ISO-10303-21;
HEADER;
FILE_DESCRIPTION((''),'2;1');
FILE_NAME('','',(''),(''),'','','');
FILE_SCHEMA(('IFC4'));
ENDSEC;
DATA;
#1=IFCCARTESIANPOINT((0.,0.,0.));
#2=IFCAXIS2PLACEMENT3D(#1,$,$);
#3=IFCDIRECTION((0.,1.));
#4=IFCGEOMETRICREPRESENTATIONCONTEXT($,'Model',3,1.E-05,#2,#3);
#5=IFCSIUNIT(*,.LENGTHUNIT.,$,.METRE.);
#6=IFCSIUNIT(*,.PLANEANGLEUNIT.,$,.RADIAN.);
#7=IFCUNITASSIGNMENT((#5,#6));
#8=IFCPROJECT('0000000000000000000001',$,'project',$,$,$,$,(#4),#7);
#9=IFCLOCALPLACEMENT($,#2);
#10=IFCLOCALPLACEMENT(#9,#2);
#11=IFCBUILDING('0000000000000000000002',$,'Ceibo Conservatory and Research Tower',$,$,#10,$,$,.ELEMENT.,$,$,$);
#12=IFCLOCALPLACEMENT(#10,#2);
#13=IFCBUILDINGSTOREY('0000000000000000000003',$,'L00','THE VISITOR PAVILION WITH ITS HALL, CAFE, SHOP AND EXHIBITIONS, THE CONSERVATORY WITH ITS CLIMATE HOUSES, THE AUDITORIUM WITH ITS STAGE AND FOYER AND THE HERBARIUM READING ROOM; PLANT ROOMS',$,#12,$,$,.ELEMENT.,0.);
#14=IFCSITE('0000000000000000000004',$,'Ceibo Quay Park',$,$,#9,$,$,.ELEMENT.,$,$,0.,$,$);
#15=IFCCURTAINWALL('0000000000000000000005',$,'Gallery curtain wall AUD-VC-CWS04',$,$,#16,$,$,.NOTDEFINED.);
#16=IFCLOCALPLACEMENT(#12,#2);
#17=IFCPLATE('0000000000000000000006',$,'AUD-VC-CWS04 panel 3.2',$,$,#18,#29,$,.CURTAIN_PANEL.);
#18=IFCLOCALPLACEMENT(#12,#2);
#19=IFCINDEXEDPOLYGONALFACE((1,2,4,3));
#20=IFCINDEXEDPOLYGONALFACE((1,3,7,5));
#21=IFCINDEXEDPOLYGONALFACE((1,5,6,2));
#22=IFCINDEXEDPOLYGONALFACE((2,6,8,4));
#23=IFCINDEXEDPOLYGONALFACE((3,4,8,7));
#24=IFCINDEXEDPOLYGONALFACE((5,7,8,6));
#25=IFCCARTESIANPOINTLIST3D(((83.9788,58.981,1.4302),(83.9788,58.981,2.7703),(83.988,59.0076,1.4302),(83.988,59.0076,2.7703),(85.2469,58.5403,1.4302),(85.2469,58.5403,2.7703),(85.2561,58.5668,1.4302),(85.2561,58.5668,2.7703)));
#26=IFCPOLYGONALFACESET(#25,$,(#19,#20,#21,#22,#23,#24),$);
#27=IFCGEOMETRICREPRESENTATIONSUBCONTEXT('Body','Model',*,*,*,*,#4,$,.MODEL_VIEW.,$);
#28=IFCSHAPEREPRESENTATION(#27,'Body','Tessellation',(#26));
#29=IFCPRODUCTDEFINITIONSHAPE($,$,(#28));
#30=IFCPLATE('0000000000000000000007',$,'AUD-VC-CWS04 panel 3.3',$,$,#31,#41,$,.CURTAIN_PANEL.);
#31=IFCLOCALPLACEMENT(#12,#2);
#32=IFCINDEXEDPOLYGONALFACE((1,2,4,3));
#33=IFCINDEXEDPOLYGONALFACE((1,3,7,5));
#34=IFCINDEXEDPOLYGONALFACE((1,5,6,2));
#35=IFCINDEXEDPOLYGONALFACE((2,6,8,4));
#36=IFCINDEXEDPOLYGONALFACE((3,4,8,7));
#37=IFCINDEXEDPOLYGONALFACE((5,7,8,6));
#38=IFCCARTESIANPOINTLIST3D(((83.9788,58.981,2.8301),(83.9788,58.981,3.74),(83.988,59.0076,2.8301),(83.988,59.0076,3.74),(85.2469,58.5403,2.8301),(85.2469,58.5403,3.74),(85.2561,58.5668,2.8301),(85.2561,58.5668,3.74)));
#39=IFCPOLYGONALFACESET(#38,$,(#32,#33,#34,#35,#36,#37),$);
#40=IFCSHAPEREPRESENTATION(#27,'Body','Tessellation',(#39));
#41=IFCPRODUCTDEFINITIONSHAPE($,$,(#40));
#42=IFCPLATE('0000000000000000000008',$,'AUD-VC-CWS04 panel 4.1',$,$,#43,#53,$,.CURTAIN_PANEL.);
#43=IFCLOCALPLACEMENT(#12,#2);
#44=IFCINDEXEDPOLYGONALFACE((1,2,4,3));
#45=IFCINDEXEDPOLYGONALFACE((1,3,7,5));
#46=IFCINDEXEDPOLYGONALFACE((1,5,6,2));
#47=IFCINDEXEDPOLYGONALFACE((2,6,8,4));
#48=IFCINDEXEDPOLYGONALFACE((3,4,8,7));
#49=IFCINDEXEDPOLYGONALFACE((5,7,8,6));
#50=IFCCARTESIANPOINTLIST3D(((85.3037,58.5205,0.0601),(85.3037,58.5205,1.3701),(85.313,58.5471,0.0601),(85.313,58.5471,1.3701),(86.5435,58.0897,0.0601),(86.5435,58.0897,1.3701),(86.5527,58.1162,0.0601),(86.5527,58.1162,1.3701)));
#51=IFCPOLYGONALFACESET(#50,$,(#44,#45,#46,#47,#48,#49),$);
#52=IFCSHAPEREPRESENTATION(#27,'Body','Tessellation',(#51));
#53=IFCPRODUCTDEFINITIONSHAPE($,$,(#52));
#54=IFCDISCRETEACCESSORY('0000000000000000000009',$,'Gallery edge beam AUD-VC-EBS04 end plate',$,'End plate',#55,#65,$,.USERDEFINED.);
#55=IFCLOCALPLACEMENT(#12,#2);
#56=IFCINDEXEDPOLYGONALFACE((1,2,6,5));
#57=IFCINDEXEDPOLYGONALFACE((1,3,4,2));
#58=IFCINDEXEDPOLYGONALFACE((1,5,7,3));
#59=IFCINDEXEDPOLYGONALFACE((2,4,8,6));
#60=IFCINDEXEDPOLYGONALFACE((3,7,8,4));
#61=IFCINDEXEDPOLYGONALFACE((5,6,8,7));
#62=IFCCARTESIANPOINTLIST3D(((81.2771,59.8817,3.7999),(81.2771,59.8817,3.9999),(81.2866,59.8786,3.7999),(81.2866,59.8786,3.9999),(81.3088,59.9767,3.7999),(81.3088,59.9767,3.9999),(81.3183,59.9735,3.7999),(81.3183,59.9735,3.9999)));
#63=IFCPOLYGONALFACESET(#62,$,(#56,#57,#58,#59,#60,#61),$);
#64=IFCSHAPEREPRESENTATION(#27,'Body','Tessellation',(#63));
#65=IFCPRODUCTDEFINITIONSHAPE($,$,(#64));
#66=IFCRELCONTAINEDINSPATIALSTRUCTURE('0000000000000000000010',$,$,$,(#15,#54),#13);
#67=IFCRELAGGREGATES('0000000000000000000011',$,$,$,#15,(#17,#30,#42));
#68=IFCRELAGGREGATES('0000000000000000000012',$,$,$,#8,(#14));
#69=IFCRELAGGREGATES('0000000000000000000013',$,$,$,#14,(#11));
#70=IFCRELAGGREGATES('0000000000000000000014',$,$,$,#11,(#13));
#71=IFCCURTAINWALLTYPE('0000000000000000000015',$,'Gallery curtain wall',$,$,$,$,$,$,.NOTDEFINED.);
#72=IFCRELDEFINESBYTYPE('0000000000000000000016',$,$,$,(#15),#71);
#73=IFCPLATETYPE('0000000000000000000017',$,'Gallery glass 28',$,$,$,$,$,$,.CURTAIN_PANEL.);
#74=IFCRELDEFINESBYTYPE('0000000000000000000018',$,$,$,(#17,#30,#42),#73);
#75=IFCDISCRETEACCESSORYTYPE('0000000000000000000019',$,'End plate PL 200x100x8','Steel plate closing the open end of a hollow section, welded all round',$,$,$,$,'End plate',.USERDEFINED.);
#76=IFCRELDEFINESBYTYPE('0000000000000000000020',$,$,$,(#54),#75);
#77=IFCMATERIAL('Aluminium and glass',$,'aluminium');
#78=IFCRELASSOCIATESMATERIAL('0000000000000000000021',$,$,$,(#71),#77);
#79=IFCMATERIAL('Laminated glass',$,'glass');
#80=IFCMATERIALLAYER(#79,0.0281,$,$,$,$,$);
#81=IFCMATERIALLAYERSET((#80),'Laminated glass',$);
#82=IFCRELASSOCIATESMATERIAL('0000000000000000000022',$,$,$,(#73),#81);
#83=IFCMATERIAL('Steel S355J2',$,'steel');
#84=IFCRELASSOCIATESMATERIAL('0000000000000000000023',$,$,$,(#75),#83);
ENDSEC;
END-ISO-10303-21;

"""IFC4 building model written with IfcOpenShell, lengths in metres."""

from ifc_helpers import new_model, si_unit, direction, frame, origin, origin_2d, place, context, subcontext, project, spatial, rectangle, extrude, material, layer, layer_set, material_profile, profile_set, type_object, element, aggregate, save


model = new_model("IFC4")

# Units and contexts
model_context = context("Model", 3, precision=1e-05, world=origin(), true_north=direction((0.0, 1.0)))
body_context = subcontext(model_context, "Body", "Model", "MODEL_VIEW")
ifc_project = project(units=[si_unit("LENGTHUNIT", "METRE"), si_unit("PLANEANGLEUNIT", "RADIAN")], contexts=[model_context])

# Site, building, storey
site_placement = place(None, origin())
site = spatial("IfcSite", under=ifc_project, at=site_placement, Name="Ceibo Quay Park", CompositionType="ELEMENT", RefElevation=0.0)
building_placement = place(site_placement, origin())
building = spatial("IfcBuilding", under=site, at=building_placement, Name="Ceibo Conservatory and Research Tower", CompositionType="ELEMENT")
storey_placement = place(building_placement, origin())
storey = spatial("IfcBuildingStorey", under=building, at=storey_placement, Name="L00", Description="THE VISITOR PAVILION WITH ITS HALL, CAFE, SHOP AND EXHIBITIONS, THE CONSERVATORY WITH ITS CLIMATE HOUSES, THE AUDITORIUM WITH ITS STAGE AND FOYER AND THE HERBARIUM READING ROOM; PLANT ROOMS", CompositionType="ELEMENT", Elevation=0.0)

# Curtain wall
ifc_material_1 = material(Name="Aluminium and glass", Category="aluminium")
curtain_wall_type = type_object("IfcCurtainWallType", Name="Gallery curtain wall", PredefinedType="NOTDEFINED", material=ifc_material_1)
curtain_wall_placement = place(storey_placement, origin())
curtain_wall = element("IfcCurtainWall", 1, at=curtain_wall_placement, inside=storey, type_object=curtain_wall_type, Name="Gallery curtain wall AUD-VC-CWS04", PredefinedType="NOTDEFINED")

# Plates
ifc_material_2 = material(Name="Laminated glass", Category="glass")
ifc_layer = layer(ifc_material_2, 0.0281)
ifc_layer_set = layer_set([ifc_layer], Name="Laminated glass")
plate_type = type_object("IfcPlateType", Name="Gallery glass 28", PredefinedType="CURTAIN_PANEL", material=ifc_layer_set)
plate_1_placement = place(storey_placement, frame((84.6174, 58.7739, 1.4302), z_axis=(0.0, 0.0, 1.0), x_axis=(0.944579, -0.328284, 0.0)))
plate_1 = element("IfcPlate", 2, at=plate_1_placement, type_object=plate_type, Name="AUD-VC-CWS04 panel 3.2", PredefinedType="CURTAIN_PANEL", context=body_context, shape_type="SweptSolid", body=[
    extrude(rectangle(XDim=1.3425, YDim=0.0281, at=origin_2d()), origin(), (0.0, 0.0, 1.0), 1.3401),
])
plate_2_placement = place(storey_placement, frame((84.6174, 58.7739, 2.8301), z_axis=(0.0, 0.0, 1.0), x_axis=(0.944579, -0.328284, 0.0)))
plate_2 = element("IfcPlate", 3, at=plate_2_placement, type_object=plate_type, Name="AUD-VC-CWS04 panel 3.3", PredefinedType="CURTAIN_PANEL", context=body_context, shape_type="SweptSolid", body=[
    extrude(rectangle(XDim=1.3425, YDim=0.0281, at=origin_2d()), origin(), (0.0, 0.0, 1.0), 0.9099),
])
plate_3_placement = place(storey_placement, frame((85.9282, 58.3184, 0.0601), z_axis=(0.0, 0.0, 1.0), x_axis=(0.944579, -0.328284, 0.0)))
plate_3 = element("IfcPlate", 4, at=plate_3_placement, type_object=plate_type, Name="AUD-VC-CWS04 panel 4.1", PredefinedType="CURTAIN_PANEL", context=body_context, shape_type="SweptSolid", body=[
    extrude(rectangle(XDim=1.3125, YDim=0.0281, at=origin_2d()), origin(), (0.0, 0.0, 1.0), 1.3101),
])
aggregate(curtain_wall, [plate_1, plate_2, plate_3])

# Discrete accessory
ifc_material_3 = material(Name="Steel S355J2", Category="steel")
ifc_material_profile_1 = material_profile(ifc_material_3, rectangle(XDim=0.1001, YDim=0.2, at=origin_2d()), Name="End plate PL 200x100x8")
ifc_profile_set_1 = profile_set([ifc_material_profile_1], Name="Steel S355J2")
discrete_accessory_type = type_object("IfcDiscreteAccessoryType", Name="End plate PL 200x100x8", Description="Steel plate closing the open end of a hollow section, welded all round", ElementType="End plate", PredefinedType="USERDEFINED", material=ifc_profile_set_1)
discrete_accessory_placement = place(storey_placement, frame((81.293, 59.9292, 3.8999), z_axis=(0.948683, -0.316228, 0.0), x_axis=(0.316228, 0.948683, 0.0)))
element("IfcDiscreteAccessory", 5, at=discrete_accessory_placement, inside=storey, type_object=discrete_accessory_type, Name="Gallery edge beam AUD-VC-EBS04 end plate", ObjectType="End plate", PredefinedType="USERDEFINED", context=body_context, shape_type="SweptSolid", body=[
    extrude(rectangle(XDim=0.1001, YDim=0.2, at=origin_2d()), origin(), (0.0, 0.0, 1.0), 0.01),
])

save(model, "model.ifc")
